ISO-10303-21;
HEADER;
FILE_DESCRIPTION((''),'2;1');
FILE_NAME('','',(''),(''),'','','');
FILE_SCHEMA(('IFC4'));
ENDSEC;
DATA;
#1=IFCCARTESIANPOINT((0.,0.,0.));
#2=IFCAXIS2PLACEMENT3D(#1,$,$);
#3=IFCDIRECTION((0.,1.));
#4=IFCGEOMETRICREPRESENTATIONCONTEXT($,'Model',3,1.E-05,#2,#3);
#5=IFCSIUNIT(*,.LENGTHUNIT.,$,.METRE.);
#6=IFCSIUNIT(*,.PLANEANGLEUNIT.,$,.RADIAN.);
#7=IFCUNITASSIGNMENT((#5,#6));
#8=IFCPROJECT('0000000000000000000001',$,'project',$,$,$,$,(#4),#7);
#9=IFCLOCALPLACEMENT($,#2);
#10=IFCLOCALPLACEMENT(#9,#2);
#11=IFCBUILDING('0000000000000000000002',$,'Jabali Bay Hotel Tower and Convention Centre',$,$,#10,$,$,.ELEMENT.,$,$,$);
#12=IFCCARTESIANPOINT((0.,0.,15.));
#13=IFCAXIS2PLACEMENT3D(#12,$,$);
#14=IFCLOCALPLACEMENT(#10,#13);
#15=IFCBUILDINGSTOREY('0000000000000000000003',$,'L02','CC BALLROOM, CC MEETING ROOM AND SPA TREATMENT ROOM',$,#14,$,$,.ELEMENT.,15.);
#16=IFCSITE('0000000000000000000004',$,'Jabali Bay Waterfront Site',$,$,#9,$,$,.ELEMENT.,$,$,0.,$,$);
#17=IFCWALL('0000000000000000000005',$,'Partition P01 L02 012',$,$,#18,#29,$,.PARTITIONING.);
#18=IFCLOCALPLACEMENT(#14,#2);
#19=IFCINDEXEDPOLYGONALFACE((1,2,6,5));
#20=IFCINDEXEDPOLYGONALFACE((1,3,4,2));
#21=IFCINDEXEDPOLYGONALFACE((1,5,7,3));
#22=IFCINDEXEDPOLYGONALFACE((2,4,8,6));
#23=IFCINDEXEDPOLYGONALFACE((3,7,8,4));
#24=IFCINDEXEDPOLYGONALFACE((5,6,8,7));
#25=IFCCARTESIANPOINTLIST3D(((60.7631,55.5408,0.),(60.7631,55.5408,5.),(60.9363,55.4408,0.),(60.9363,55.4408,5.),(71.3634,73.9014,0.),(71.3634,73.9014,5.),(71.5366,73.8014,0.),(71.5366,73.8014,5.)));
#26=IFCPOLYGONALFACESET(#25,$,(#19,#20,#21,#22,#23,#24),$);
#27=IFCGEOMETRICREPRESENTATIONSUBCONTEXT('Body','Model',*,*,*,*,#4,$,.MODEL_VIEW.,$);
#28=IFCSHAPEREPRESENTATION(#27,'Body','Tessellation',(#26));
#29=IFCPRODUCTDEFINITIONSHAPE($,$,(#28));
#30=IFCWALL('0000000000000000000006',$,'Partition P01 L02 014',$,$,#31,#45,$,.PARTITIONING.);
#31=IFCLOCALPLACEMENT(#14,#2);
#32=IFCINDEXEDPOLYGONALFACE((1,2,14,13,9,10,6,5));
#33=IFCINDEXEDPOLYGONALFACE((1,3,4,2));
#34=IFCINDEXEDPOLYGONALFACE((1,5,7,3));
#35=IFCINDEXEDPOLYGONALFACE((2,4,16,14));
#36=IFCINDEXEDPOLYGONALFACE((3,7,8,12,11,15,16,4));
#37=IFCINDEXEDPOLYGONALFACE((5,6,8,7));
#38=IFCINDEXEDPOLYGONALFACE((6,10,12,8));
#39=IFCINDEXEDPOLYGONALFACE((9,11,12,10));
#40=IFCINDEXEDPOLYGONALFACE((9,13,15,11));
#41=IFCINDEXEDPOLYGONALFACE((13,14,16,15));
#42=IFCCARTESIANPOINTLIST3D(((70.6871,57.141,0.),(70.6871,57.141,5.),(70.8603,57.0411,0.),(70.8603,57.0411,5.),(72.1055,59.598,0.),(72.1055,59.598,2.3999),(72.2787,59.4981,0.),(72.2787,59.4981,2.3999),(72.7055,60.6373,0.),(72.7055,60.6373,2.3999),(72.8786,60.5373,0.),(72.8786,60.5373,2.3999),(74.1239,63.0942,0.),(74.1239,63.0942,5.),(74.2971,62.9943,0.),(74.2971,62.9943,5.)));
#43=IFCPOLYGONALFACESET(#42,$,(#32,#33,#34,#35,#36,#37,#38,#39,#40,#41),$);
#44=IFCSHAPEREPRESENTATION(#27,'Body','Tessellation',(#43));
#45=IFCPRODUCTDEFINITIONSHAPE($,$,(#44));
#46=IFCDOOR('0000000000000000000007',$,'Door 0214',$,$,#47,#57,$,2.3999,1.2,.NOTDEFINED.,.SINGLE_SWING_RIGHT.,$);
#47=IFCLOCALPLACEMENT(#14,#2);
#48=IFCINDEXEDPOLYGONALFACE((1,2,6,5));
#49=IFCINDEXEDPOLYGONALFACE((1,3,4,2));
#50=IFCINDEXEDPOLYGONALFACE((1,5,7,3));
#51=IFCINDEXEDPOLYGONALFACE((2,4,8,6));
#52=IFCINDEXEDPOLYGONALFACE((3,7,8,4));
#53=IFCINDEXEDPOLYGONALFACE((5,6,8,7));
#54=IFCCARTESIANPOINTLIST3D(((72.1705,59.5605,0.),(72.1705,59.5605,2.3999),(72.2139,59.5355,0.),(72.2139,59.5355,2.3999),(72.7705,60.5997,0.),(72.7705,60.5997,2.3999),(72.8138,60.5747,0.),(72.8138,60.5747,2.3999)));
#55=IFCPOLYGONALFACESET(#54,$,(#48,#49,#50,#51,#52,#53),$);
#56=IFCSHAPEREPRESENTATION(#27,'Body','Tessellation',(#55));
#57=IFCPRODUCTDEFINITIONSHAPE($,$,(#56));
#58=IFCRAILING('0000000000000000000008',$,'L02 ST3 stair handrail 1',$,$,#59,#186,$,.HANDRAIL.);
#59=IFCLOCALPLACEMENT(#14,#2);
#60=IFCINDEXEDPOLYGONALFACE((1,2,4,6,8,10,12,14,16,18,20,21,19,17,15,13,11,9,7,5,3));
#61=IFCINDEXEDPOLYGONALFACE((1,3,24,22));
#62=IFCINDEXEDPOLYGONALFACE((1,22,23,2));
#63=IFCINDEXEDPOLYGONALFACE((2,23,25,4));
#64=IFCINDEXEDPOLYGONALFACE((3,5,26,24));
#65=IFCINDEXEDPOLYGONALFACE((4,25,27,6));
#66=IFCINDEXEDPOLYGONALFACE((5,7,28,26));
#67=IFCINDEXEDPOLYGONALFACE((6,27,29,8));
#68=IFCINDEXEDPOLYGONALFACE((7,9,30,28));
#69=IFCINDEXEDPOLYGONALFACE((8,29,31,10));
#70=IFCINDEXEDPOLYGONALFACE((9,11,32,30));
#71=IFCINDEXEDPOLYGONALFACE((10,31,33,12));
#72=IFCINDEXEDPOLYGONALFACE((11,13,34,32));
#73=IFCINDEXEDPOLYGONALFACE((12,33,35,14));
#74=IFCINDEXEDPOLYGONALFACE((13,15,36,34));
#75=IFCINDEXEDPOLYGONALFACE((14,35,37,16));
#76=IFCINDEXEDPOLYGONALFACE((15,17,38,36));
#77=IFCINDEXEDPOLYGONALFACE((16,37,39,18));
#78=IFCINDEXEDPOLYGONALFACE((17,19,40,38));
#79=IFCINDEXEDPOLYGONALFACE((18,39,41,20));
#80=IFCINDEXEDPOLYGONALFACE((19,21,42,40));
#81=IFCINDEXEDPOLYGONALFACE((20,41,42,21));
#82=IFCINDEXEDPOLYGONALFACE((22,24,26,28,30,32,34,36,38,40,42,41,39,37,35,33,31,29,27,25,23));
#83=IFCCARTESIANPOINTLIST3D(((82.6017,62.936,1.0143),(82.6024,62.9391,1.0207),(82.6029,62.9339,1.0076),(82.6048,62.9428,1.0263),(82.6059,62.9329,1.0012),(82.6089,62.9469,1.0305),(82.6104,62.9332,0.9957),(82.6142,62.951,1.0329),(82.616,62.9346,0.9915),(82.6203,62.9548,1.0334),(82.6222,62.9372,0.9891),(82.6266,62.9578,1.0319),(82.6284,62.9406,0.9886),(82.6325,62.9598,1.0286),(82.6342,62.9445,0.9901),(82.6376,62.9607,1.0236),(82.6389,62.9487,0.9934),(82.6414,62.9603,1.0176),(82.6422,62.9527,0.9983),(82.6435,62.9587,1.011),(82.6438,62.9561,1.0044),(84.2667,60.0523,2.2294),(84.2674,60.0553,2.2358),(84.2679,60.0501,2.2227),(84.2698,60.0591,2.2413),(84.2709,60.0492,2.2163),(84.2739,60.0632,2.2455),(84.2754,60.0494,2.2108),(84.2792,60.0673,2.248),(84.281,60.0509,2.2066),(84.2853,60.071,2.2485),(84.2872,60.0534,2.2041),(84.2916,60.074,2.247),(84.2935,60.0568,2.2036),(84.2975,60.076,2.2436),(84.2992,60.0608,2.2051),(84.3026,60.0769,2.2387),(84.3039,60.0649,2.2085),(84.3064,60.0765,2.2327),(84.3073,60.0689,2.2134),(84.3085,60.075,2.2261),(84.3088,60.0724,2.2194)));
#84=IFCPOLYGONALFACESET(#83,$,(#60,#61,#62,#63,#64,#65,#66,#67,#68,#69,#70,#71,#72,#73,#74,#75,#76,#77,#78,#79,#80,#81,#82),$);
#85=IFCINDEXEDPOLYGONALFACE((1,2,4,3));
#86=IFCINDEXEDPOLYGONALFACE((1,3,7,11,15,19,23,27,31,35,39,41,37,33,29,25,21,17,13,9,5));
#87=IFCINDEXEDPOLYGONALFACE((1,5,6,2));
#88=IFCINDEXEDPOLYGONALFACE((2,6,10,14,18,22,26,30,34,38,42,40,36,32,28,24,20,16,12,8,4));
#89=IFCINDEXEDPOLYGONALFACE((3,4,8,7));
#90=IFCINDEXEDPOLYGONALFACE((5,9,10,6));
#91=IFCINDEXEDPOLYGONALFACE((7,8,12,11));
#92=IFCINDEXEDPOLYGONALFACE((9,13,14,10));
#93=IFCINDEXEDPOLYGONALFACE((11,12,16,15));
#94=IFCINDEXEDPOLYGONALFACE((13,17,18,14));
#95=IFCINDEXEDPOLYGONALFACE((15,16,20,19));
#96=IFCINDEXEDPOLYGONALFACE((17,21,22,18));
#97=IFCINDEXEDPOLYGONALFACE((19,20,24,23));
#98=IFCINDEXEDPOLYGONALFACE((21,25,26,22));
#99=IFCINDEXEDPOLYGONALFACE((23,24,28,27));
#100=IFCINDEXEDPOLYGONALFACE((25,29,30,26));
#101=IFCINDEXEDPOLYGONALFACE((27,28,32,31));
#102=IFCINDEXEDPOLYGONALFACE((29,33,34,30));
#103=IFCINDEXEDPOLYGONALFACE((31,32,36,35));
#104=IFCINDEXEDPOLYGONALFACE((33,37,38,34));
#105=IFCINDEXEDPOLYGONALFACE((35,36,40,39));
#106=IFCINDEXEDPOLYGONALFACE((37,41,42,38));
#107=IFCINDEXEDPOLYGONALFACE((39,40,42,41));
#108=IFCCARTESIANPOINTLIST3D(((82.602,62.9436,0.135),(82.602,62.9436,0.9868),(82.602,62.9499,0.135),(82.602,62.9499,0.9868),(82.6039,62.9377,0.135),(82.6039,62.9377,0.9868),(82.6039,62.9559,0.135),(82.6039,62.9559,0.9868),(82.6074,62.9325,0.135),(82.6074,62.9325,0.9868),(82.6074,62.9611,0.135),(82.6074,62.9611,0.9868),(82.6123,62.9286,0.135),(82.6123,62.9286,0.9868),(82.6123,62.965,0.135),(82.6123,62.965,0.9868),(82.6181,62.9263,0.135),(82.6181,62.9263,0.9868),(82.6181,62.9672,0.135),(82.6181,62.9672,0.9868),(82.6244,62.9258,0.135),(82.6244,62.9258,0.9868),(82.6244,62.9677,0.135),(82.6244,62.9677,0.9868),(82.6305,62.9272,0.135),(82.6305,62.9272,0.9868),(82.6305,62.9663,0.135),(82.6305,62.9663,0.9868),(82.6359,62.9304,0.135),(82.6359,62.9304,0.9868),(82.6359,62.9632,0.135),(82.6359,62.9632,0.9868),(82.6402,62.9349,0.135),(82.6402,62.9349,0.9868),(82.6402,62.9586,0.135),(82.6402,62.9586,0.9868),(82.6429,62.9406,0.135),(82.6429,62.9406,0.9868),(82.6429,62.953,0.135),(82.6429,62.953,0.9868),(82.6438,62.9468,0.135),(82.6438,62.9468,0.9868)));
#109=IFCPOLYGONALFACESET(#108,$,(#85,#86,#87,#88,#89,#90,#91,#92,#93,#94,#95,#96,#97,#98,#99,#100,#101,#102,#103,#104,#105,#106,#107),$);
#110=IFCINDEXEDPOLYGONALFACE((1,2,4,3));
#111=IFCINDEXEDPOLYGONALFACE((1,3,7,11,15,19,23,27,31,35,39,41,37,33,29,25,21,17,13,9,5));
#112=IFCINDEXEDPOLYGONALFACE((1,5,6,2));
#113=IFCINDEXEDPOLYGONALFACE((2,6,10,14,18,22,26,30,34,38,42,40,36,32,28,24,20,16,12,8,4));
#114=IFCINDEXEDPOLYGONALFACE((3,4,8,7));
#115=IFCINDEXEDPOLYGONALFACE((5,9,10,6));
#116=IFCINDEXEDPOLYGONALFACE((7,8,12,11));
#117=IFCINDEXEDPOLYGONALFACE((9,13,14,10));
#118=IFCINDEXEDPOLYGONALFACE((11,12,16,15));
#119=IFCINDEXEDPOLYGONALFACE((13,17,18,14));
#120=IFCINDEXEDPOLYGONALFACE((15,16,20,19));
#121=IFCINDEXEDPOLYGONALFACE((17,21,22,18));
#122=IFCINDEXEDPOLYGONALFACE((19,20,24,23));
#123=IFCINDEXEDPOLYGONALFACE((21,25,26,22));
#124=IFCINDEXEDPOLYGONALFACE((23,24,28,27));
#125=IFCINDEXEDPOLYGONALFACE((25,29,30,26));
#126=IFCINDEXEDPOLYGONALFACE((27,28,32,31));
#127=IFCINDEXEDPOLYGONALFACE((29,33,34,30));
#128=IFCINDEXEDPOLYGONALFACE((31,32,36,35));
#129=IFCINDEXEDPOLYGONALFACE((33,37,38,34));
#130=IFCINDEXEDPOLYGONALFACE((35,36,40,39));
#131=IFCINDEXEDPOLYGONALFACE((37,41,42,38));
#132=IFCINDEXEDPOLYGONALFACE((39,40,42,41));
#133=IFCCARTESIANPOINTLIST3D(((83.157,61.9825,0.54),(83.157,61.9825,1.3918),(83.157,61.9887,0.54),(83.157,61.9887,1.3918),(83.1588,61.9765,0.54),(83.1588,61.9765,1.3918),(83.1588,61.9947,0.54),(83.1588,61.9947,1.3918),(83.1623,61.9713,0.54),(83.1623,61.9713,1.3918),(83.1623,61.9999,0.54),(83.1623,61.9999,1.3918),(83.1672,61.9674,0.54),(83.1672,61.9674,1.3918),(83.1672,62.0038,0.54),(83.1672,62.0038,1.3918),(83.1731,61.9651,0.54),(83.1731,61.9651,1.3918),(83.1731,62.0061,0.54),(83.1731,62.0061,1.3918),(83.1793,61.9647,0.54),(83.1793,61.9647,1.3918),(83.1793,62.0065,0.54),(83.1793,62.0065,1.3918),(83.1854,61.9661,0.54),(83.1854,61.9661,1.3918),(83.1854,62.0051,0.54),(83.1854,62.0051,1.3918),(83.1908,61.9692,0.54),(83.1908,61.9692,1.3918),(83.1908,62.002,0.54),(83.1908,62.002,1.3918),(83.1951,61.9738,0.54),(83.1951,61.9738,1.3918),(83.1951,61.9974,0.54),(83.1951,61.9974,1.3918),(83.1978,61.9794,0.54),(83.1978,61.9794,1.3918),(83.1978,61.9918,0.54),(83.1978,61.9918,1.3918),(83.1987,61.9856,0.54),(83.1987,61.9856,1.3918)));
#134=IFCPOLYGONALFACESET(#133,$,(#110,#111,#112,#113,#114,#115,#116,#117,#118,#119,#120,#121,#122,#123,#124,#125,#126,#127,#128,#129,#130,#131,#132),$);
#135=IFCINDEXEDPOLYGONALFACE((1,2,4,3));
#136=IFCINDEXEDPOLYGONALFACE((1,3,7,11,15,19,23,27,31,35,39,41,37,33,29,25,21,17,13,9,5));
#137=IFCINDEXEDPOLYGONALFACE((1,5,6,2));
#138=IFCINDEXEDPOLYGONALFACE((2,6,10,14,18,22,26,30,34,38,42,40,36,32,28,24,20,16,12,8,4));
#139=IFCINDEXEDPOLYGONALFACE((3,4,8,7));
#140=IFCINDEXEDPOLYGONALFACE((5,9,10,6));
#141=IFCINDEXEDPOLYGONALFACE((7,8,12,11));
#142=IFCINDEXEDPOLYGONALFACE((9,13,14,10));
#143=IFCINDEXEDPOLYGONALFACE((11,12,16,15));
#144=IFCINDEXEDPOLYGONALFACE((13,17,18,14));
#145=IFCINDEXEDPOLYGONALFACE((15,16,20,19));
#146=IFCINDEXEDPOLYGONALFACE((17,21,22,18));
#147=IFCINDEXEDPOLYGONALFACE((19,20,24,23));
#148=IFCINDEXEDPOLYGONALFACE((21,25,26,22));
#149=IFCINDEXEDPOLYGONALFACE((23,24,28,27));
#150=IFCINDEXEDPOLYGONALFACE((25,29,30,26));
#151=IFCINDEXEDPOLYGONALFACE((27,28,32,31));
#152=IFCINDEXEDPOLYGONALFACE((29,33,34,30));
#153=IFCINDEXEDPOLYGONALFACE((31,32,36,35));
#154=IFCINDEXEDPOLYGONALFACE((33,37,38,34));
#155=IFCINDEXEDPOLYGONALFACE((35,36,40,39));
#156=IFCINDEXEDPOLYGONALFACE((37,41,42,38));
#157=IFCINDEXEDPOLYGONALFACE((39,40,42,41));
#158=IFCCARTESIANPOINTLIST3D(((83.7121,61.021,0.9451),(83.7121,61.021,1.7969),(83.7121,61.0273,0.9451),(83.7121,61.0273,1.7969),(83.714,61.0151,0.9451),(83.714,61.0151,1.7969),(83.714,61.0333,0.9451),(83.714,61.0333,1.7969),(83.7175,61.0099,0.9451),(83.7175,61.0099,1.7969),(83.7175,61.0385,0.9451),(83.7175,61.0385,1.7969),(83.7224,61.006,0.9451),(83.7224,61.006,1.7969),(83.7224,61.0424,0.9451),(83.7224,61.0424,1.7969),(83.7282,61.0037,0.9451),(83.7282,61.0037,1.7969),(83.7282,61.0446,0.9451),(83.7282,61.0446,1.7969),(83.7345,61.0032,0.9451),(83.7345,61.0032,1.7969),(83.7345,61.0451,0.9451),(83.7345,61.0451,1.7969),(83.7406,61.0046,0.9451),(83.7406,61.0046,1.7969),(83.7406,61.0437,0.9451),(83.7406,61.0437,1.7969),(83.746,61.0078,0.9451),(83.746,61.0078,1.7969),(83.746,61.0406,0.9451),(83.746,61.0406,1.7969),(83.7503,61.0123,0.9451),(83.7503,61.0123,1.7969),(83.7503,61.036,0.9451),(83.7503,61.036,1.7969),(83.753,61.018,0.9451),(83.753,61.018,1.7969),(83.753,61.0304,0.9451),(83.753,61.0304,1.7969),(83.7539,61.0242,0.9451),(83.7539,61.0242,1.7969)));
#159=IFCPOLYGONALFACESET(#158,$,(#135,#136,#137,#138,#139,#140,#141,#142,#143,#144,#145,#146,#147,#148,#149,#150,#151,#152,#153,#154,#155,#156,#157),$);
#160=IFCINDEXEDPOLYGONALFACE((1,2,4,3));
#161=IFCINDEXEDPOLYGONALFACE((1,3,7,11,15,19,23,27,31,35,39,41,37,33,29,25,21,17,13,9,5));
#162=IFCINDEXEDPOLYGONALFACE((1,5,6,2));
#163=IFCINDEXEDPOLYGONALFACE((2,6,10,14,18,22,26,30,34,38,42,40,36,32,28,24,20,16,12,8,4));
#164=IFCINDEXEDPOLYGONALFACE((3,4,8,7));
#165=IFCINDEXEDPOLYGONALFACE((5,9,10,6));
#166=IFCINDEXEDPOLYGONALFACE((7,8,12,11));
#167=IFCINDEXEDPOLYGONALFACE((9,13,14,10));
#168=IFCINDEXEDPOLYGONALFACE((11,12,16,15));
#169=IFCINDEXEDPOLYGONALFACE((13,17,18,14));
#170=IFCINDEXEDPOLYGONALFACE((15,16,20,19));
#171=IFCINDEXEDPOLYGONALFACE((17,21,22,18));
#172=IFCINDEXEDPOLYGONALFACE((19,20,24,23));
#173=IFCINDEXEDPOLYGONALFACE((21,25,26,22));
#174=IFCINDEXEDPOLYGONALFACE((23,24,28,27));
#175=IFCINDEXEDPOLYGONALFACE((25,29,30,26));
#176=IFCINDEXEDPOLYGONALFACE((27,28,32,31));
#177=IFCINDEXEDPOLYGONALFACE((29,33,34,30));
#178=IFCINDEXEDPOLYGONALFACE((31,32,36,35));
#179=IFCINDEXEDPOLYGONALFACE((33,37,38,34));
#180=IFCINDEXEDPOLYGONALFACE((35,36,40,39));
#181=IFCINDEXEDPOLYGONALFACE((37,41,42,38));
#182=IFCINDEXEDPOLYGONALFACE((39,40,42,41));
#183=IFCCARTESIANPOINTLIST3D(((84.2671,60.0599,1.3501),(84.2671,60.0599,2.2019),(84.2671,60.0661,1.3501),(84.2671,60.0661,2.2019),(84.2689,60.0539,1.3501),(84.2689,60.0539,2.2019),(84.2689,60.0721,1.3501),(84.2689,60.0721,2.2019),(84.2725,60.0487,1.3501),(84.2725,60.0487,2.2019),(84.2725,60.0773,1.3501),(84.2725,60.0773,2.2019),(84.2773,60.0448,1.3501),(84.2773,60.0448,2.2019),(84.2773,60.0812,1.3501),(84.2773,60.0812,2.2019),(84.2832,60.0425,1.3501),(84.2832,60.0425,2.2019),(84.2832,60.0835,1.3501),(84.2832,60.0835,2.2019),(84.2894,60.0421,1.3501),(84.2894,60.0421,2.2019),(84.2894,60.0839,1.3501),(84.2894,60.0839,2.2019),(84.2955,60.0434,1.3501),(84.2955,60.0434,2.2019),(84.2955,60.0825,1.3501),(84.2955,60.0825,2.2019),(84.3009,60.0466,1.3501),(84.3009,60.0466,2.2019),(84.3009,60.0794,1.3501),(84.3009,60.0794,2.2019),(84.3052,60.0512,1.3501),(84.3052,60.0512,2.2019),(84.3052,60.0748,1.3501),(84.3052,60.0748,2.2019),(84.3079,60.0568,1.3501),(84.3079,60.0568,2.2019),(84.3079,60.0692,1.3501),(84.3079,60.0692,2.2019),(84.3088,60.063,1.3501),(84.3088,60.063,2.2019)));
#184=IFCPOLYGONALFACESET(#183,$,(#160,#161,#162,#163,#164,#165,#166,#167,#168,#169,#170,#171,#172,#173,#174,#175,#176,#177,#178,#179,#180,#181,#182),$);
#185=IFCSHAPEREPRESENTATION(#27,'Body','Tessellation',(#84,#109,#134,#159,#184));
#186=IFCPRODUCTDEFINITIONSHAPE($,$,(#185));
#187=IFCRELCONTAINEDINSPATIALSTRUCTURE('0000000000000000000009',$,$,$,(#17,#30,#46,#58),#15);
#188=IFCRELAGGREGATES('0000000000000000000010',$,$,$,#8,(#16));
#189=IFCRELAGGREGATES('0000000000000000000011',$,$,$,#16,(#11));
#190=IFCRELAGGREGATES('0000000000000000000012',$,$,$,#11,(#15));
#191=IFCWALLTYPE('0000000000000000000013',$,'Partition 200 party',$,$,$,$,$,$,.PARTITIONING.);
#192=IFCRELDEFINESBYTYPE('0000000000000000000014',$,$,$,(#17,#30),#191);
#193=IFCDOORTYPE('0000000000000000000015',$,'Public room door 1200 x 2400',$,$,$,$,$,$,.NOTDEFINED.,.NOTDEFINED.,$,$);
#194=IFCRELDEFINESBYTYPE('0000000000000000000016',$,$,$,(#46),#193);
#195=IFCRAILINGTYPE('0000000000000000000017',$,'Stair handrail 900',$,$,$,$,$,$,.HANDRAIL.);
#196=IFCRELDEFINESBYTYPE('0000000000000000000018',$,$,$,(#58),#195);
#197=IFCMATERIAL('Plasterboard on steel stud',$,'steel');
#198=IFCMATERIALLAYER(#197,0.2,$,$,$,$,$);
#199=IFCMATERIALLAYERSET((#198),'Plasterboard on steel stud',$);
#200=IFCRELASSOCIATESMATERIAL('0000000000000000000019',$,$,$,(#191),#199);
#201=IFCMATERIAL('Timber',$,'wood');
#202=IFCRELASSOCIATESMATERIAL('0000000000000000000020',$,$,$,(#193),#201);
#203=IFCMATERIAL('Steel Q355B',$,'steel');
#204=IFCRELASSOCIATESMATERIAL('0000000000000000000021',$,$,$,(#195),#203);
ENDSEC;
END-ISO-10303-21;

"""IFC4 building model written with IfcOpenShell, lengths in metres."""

from ifc_helpers import new_model, si_unit, direction, frame, frame_2d, origin, origin_2d, place, context, subcontext, project, spatial, rectangle, circle, extrude, material, layer, layer_set, type_object, element, fill, save


model = new_model("IFC4")

# Units and contexts
model_context = context("Model", 3, precision=1e-05, world=origin(), true_north=direction((0.0, 1.0)))
body_context = subcontext(model_context, "Body", "Model", "MODEL_VIEW")
ifc_project = project(units=[si_unit("LENGTHUNIT", "METRE"), si_unit("PLANEANGLEUNIT", "RADIAN")], contexts=[model_context])

# Site, building, storey
site_placement = place(None, origin())
site = spatial("IfcSite", under=ifc_project, at=site_placement, Name="Jabali Bay Waterfront Site", CompositionType="ELEMENT", RefElevation=0.0)
building_placement = place(site_placement, origin())
building = spatial("IfcBuilding", under=site, at=building_placement, Name="Jabali Bay Hotel Tower and Convention Centre", CompositionType="ELEMENT")
storey_placement = place(building_placement, frame((0.0, 0.0, 15.0)))
storey = spatial("IfcBuildingStorey", under=building, at=storey_placement, Name="L02", Description="CC BALLROOM, CC MEETING ROOM AND SPA TREATMENT ROOM", CompositionType="ELEMENT", Elevation=15.0)

# Wall
ifc_material_1 = material(Name="Plasterboard on steel stud", Category="steel")
ifc_layer_1 = layer(ifc_material_1, 0.2)
ifc_layer_set_1 = layer_set([ifc_layer_1], Name="Plasterboard on steel stud")
wall_type_1 = type_object("IfcWallType", Name="Partition 200 party", PredefinedType="PARTITIONING", material=ifc_layer_set_1)
wall_1_placement = place(storey_placement, frame((60.8496, 55.4907, 0.0), z_axis=(0.0, 0.0, 1.0), x_axis=(0.499995, 0.866029, 0.0)))
element("IfcWall", 1, at=wall_1_placement, inside=storey, type_object=wall_type_1, Name="Partition P01 L02 012", PredefinedType="PARTITIONING", context=body_context, shape_type="SweptSolid", body=[
    extrude(rectangle(XDim=21.2009, YDim=0.2, at=frame_2d((10.6006, 0.0))), origin(), (0.0, 0.0, 1.0), 5.0),
])

# Wall, opening, door
wall_2_placement = place(storey_placement, frame((70.7737, 57.0911, 0.0), z_axis=(0.0, 0.0, 1.0), x_axis=(0.49997, 0.866042, 0.0)))
wall_2 = element("IfcWall", 2, at=wall_2_placement, inside=storey, type_object=wall_type_1, Name="Partition P01 L02 014", PredefinedType="PARTITIONING", context=body_context, shape_type="SweptSolid", body=[
    extrude(rectangle(XDim=6.874, YDim=0.2, at=frame_2d((3.437, 0.0))), origin(), (0.0, 0.0, 1.0), 5.0),
])
opening_1_placement = place(wall_2_placement, frame((2.8369, 0.0, 0.0)))
opening_1 = element("IfcOpeningElement", 3, at=opening_1_placement, cuts=wall_2, PredefinedType="OPENING", context=body_context, shape_type="SweptSolid", body=[
    extrude(rectangle(XDim=1.2, YDim=2.3999, at=frame_2d((0.6001, 1.2))), frame((0.0, 0.1104, 0.0), z_axis=(0.0, -1.0, 0.0), x_axis=(1.0, 0.0, 0.0)), (0.0, 0.0, 1.0), 0.2209),
])
ifc_material_2 = material(Name="Timber", Category="wood")
door_type_1 = type_object("IfcDoorType", Name="Public room door 1200 x 2400", OperationType="NOTDEFINED", PredefinedType="NOTDEFINED", material=ifc_material_2)
door_1_placement = place(opening_1_placement, origin())
door_1 = element("IfcDoor", 4, at=door_1_placement, inside=storey, type_object=door_type_1, Name="Door 0214", OperationType="SINGLE_SWING_RIGHT", OverallHeight=2.3999, OverallWidth=1.2, PredefinedType="NOTDEFINED", context=body_context, shape_type="SweptSolid", body=[
    extrude(rectangle(XDim=1.2, YDim=2.3999, at=frame_2d((0.6001, 1.2))), frame((0.0, 0.0249, 0.0), z_axis=(0.0, -1.0, 0.0), x_axis=(1.0, 0.0, 0.0)), (0.0, 0.0, 1.0), 0.05),
])
fill(opening_1, door_1)

# Railing
ifc_material_3 = material(Name="Steel Q355B", Category="steel")
railing_type = type_object("IfcRailingType", Name="Stair handrail 900", PredefinedType="HANDRAIL", material=ifc_material_3)
for number, where, name in (
    (5, (82.6228, 62.9468, 0.135), "L02 ST3 stair handrail 1"),
):
    element("IfcRailing", number, at=place(storey_placement, frame(where)), inside=storey, type_object=railing_type, Name=name, PredefinedType="HANDRAIL", context=body_context, shape_type="SweptSolid", body=[
        extrude(circle(Radius=0.0239, at=origin_2d()), frame((0.0, 0.0, 0.876), z_axis=(0.469724, -0.813545, 0.342788), x_axis=(0.866015, 0.500019, 0.0)), (0.0, 0.0, 1.0), 3.5447),
        extrude(circle(Radius=0.021, at=origin_2d()), origin(), (0.0, 0.0, 1.0), 0.8518),
        extrude(circle(Radius=0.021, at=origin_2d()), frame((0.5549, -0.9612, 0.405)), (0.0, 0.0, 1.0), 0.8518),
        extrude(circle(Radius=0.021, at=origin_2d()), frame((1.1101, -1.9226, 0.8101)), (0.0, 0.0, 1.0), 0.8518),
        extrude(circle(Radius=0.021, at=origin_2d()), frame((1.665, -2.8838, 1.2151)), (0.0, 0.0, 1.0), 0.8518),
    ])

save(model, "model.ifc")
